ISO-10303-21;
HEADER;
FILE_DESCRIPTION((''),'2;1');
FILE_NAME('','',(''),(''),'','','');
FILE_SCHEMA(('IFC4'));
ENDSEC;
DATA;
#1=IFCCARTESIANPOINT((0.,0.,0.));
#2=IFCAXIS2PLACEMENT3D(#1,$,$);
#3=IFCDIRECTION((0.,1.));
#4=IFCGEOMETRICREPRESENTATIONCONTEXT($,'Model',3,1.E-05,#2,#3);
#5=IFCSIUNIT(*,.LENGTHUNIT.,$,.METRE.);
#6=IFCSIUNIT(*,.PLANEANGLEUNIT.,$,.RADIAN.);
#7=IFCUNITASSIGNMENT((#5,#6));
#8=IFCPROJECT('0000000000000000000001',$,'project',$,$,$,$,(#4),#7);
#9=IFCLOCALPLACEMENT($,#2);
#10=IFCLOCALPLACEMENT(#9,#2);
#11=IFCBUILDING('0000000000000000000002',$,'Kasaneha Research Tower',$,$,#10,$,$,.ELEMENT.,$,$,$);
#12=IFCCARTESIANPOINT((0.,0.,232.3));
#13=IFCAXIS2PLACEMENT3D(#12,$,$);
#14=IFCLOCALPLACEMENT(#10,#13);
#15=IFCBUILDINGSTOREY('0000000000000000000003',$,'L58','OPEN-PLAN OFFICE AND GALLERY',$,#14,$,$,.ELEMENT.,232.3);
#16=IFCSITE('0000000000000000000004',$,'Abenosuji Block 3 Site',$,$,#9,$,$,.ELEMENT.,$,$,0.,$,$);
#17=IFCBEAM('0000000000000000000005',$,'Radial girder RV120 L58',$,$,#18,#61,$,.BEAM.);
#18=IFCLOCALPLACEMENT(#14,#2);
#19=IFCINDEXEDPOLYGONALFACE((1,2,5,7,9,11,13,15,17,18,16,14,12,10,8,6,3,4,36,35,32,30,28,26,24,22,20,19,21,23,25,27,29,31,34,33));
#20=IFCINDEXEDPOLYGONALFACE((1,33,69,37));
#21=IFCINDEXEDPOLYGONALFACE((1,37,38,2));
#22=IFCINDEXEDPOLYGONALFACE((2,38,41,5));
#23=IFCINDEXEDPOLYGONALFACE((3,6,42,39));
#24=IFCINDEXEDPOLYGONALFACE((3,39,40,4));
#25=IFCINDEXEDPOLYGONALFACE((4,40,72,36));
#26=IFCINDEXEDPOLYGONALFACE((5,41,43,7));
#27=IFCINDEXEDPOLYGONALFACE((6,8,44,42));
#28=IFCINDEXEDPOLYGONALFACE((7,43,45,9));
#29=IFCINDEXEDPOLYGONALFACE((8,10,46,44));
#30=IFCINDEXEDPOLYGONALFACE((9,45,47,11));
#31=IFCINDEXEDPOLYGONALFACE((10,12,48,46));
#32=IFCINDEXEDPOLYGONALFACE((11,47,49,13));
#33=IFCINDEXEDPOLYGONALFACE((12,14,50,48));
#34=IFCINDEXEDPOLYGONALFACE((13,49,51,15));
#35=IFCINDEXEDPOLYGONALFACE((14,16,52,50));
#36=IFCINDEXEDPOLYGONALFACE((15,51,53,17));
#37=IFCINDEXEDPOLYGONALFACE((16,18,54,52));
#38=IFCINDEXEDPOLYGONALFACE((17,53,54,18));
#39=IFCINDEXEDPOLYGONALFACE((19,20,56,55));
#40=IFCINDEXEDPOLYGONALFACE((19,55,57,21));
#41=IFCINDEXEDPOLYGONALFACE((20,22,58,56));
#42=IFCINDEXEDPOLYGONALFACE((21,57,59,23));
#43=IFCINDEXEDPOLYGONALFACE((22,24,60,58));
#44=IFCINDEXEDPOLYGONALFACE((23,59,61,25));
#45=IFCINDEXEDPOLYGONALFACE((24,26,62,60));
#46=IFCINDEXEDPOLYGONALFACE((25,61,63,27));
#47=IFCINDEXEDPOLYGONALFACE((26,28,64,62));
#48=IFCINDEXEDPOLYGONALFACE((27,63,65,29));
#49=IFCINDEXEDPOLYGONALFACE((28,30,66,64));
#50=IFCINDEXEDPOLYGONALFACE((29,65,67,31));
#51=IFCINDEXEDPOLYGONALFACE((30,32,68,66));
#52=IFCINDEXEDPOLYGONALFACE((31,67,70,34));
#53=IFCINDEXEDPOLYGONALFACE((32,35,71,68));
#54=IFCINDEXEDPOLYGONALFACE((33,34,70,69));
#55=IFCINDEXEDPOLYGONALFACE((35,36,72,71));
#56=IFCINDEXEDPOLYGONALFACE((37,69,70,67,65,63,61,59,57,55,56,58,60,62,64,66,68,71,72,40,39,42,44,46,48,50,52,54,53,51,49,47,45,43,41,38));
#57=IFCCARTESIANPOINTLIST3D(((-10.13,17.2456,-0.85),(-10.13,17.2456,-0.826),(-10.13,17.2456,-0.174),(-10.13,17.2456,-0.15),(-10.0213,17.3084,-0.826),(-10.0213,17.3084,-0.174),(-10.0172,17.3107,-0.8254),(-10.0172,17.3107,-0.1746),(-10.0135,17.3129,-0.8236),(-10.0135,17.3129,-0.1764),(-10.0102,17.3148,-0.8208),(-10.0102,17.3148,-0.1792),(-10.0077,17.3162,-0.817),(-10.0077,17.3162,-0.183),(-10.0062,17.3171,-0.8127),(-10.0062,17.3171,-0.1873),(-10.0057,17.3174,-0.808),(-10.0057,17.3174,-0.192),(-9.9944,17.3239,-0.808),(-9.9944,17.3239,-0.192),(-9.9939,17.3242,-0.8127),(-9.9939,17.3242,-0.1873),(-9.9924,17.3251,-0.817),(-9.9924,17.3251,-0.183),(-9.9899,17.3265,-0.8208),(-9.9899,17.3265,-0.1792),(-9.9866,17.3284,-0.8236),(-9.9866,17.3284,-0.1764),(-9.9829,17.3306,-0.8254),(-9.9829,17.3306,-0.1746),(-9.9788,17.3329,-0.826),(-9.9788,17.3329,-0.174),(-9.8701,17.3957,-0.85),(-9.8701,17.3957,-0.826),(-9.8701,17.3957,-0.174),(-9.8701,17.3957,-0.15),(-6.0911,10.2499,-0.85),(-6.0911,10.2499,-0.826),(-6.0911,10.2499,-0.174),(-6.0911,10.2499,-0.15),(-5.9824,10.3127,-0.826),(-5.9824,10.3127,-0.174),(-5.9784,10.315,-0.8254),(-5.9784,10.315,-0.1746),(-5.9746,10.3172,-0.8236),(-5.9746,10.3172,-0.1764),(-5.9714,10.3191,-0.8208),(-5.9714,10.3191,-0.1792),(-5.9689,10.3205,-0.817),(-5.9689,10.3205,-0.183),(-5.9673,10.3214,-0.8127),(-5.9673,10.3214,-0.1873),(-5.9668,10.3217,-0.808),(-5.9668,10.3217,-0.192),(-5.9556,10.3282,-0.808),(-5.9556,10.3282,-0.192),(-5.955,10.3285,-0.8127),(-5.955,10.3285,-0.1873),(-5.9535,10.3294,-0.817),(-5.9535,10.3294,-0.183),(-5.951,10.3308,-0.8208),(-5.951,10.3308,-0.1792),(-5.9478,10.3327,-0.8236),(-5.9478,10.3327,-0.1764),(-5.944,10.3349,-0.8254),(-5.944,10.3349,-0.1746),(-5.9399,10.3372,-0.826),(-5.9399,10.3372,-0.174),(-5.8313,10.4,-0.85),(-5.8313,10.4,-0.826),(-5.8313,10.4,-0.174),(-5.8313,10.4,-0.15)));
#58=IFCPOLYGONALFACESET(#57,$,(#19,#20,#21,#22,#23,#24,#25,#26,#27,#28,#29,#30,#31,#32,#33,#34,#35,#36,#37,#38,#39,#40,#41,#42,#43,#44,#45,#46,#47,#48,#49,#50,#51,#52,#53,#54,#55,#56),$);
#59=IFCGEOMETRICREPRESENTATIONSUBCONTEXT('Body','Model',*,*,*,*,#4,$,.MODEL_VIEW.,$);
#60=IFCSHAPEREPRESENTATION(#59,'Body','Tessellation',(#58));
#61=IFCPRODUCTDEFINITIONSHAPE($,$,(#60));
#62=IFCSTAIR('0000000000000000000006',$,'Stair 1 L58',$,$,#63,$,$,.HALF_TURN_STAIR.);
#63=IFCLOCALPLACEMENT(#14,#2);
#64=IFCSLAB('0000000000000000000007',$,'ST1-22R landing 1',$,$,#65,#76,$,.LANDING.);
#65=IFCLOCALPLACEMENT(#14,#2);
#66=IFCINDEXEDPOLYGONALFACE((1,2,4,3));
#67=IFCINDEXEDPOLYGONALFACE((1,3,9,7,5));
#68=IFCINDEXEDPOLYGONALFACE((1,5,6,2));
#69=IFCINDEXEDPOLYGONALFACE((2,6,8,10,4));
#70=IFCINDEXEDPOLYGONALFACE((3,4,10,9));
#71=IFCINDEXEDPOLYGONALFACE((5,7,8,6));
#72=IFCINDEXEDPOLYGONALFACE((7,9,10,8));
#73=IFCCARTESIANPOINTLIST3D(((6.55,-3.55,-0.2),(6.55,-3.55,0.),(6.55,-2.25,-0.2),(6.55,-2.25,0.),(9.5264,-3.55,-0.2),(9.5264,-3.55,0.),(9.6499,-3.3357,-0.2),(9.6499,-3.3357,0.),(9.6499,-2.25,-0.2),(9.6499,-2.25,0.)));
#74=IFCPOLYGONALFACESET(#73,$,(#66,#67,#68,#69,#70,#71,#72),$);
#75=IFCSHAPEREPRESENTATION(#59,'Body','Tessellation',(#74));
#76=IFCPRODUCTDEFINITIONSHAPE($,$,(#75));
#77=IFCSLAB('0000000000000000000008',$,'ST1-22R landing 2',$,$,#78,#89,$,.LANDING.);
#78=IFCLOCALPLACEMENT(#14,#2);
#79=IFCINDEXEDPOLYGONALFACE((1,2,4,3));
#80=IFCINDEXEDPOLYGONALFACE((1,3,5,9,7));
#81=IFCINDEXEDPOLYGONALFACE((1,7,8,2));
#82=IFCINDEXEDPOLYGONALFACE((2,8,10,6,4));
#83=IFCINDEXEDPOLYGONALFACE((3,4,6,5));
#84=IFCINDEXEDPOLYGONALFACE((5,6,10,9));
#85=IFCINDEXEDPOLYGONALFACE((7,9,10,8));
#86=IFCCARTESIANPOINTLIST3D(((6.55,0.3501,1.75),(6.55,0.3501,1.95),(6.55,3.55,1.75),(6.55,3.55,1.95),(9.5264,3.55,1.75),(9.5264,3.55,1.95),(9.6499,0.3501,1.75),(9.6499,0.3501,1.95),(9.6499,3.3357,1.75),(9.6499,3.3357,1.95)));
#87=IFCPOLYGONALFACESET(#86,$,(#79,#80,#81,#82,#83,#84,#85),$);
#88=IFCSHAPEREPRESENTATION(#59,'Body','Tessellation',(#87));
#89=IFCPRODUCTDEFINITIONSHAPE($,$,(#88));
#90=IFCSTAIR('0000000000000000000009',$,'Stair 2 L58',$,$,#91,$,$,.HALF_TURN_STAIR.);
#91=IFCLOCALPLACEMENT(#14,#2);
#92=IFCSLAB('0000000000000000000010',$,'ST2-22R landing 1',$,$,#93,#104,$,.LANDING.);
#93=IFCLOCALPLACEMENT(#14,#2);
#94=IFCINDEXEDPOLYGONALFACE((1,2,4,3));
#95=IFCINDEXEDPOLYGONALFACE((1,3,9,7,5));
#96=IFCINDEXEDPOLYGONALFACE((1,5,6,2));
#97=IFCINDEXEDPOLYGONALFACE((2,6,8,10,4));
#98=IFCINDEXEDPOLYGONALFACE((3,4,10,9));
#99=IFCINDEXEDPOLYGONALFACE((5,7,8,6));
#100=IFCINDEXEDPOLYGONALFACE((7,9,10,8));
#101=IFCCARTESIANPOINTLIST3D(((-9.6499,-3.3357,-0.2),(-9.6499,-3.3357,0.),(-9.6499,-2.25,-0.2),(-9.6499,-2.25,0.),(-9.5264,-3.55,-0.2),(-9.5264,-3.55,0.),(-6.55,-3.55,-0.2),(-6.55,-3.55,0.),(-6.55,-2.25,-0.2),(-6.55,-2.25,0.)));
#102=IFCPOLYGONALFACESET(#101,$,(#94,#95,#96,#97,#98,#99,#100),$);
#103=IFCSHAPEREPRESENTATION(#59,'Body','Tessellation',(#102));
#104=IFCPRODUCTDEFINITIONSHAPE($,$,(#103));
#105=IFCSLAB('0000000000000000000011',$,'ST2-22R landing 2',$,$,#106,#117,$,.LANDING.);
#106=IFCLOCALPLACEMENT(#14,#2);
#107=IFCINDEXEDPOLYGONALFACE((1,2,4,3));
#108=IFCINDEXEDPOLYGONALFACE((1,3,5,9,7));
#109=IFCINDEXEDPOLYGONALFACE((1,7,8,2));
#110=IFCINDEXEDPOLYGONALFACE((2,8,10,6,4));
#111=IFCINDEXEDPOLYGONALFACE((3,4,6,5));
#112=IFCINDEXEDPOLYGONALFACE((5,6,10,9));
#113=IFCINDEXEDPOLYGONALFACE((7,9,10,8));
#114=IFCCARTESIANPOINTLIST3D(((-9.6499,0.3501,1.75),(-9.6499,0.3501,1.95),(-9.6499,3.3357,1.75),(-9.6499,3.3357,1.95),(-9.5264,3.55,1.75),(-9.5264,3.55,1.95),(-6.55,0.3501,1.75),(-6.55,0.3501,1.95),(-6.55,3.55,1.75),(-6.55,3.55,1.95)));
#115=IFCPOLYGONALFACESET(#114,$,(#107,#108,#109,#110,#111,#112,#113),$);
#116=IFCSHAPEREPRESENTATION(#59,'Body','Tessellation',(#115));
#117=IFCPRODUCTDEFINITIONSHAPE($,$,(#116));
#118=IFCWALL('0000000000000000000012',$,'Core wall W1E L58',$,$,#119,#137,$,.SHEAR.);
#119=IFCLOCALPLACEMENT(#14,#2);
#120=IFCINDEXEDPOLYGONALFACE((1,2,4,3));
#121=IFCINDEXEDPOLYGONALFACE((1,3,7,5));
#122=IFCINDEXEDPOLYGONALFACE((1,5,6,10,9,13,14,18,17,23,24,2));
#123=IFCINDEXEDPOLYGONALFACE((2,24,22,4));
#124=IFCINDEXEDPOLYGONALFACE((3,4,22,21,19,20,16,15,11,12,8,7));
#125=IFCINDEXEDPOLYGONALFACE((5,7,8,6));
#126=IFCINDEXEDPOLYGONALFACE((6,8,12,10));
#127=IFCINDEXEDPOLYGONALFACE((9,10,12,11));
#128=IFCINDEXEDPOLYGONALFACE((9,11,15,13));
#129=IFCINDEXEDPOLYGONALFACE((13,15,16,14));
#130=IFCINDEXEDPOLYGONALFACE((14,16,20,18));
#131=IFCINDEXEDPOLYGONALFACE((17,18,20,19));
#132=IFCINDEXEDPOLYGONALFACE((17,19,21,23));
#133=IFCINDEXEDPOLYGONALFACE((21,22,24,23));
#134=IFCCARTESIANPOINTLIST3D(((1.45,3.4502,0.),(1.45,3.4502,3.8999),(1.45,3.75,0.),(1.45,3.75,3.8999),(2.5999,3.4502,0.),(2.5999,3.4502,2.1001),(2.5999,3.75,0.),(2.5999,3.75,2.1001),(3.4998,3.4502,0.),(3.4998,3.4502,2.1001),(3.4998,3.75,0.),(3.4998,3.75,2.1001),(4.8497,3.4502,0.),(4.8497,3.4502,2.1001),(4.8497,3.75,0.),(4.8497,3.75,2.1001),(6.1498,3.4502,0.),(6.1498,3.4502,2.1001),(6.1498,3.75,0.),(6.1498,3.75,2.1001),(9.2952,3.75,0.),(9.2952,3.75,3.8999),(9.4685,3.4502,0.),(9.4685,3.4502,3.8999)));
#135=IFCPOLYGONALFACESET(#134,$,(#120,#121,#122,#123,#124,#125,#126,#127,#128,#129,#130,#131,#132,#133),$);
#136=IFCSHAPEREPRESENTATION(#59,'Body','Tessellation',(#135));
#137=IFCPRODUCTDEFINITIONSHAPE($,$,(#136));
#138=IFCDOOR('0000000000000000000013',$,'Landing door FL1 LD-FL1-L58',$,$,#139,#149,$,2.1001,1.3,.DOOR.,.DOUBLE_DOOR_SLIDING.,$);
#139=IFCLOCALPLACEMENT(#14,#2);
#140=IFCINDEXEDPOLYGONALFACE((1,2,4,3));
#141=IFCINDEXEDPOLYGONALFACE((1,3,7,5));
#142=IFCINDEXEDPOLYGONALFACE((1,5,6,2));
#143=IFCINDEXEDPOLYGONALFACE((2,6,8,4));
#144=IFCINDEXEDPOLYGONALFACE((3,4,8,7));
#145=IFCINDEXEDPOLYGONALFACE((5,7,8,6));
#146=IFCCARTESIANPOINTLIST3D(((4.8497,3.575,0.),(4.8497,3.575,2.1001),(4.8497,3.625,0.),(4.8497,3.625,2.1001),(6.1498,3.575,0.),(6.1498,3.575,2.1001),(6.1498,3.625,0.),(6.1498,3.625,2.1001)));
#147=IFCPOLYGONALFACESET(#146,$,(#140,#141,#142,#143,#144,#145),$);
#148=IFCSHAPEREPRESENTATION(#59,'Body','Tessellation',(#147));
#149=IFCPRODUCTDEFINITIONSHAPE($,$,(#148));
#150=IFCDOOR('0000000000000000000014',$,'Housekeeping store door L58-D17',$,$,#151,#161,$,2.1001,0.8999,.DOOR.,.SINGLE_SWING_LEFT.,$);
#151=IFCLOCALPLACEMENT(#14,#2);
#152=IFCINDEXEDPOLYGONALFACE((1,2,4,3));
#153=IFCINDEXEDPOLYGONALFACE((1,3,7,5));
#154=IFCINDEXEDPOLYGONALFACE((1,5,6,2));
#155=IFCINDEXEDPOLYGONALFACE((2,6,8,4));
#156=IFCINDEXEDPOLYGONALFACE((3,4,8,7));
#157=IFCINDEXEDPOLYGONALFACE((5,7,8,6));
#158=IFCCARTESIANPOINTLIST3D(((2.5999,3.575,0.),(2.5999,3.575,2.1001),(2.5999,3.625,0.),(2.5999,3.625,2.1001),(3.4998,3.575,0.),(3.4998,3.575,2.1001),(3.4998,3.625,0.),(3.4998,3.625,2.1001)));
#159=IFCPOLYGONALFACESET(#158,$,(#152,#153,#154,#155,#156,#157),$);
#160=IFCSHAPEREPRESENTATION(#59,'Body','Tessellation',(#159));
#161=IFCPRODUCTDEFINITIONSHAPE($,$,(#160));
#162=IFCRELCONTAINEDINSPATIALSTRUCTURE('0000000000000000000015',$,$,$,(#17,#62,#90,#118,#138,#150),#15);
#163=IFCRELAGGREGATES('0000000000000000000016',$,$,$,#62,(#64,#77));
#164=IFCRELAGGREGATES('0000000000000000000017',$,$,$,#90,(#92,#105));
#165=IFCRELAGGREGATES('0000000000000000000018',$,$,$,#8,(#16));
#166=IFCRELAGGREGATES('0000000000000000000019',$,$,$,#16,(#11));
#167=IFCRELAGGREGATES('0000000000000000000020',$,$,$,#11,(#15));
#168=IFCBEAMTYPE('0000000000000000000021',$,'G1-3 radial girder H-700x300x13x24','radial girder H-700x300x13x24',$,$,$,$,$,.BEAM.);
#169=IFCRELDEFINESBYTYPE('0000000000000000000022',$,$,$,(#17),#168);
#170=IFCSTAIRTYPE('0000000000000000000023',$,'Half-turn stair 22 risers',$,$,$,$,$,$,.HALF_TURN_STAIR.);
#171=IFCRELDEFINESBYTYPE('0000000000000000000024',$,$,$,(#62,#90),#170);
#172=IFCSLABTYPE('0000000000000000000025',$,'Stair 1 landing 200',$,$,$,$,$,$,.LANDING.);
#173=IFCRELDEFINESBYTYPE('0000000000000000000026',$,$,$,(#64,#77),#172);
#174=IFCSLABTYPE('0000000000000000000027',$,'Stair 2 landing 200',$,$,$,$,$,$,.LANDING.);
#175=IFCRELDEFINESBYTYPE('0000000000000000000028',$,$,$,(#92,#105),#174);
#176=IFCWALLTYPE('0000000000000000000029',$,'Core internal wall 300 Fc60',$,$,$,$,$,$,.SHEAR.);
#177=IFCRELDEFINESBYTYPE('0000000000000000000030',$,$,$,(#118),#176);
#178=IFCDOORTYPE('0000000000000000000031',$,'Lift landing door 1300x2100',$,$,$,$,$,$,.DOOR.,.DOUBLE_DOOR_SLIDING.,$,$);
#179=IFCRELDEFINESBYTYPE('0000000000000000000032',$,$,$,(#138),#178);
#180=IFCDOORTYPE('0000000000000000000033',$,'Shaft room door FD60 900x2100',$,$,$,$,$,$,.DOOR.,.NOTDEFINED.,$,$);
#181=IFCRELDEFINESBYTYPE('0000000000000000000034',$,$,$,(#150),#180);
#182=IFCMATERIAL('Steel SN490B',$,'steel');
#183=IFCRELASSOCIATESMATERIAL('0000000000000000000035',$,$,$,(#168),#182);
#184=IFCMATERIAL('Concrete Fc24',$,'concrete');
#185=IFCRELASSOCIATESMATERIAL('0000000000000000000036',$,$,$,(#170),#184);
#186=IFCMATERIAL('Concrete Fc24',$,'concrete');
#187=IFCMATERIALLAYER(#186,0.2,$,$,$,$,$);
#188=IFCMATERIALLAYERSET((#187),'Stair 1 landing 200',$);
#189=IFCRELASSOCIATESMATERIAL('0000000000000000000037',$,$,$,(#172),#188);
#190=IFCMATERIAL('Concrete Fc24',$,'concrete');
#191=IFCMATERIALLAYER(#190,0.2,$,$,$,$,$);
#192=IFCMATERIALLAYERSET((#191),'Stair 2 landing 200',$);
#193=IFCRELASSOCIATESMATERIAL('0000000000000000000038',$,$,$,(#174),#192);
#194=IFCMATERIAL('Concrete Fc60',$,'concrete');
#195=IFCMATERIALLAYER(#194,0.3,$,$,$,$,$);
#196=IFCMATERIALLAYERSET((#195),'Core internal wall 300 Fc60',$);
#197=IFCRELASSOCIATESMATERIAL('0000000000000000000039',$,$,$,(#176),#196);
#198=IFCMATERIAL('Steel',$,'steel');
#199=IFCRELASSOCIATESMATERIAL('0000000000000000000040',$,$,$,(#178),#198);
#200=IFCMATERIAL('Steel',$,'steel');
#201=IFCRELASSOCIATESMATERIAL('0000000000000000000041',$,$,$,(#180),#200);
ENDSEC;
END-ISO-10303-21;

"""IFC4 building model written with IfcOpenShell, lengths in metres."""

from ifc_helpers import new_model, si_unit, direction, frame, frame_2d, origin, origin_2d, place, context, subcontext, project, spatial, polyline, rectangle, i_section, outline, extrude, material, layer, layer_set, material_profile, profile_set, type_object, element, fill, aggregate, save


model = new_model("IFC4")

# Units and contexts
model_context = context("Model", 3, precision=1e-05, world=origin(), true_north=direction((0.0, 1.0)))
body_context = subcontext(model_context, "Body", "Model", "MODEL_VIEW")
ifc_project = project(units=[si_unit("LENGTHUNIT", "METRE"), si_unit("PLANEANGLEUNIT", "RADIAN")], contexts=[model_context])

# Site, building, storey
site_placement = place(None, origin())
site = spatial("IfcSite", under=ifc_project, at=site_placement, Name="Abenosuji Block 3 Site", CompositionType="ELEMENT", RefElevation=0.0)
building_placement = place(site_placement, origin())
building = spatial("IfcBuilding", under=site, at=building_placement, Name="Kasaneha Research Tower", CompositionType="ELEMENT")
storey_placement = place(building_placement, frame((0.0, 0.0, 232.3)))
storey = spatial("IfcBuildingStorey", under=building, at=storey_placement, Name="L58", Description="OPEN-PLAN OFFICE AND GALLERY", CompositionType="ELEMENT", Elevation=232.3)

# Beam
ifc_material_1 = material(Name="Steel SN490B", Category="steel")
ifc_material_profile = material_profile(ifc_material_1, i_section(OverallWidth=0.3, OverallDepth=0.7, WebThickness=0.0129, FlangeThickness=0.0239, FilletRadius=0.0181, at=origin_2d()), Name="H-700x300x13x24")
ifc_profile_set = profile_set([ifc_material_profile], Name="Steel SN490B")
beam_type = type_object("IfcBeamType", Name="G1-3 radial girder H-700x300x13x24", Description="radial girder H-700x300x13x24", PredefinedType="BEAM", material=ifc_profile_set)
beam_placement = place(storey_placement, frame((-5.9612, 10.325, -0.5), z_axis=(-0.499991, 0.866031, 0.0), x_axis=(-0.866031, -0.499991, 0.0)))
element("IfcBeam", 1, at=beam_placement, inside=storey, type_object=beam_type, Name="Radial girder RV120 L58", PredefinedType="BEAM", context=body_context, shape_type="SweptSolid", body=[
    extrude(i_section(OverallWidth=0.3, OverallDepth=0.7, WebThickness=0.0129, FlangeThickness=0.0239, FilletRadius=0.0181, at=origin_2d()), origin(), (0.0, 0.0, 1.0), 8.0779),
])

# Stairs, slabs
ifc_material_2 = material(Name="Concrete Fc24", Category="concrete")
stair_type = type_object("IfcStairType", Name="Half-turn stair 22 risers", PredefinedType="HALF_TURN_STAIR", material=ifc_material_2)
stair_1_placement = place(storey_placement, origin())
stair_1 = element("IfcStair", 2, at=stair_1_placement, inside=storey, type_object=stair_type, Name="Stair 1 L58", PredefinedType="HALF_TURN_STAIR")
ifc_material_3 = material(Name="Concrete Fc24", Category="concrete")
ifc_layer_1 = layer(ifc_material_3, 0.2)
ifc_layer_set_1 = layer_set([ifc_layer_1], Name="Stair 1 landing 200")
slab_type_1 = type_object("IfcSlabType", Name="Stair 1 landing 200", PredefinedType="LANDING", material=ifc_layer_set_1)
slab_1_placement = place(storey_placement, frame((0.0, 0.0, -0.2)))
slab_1 = element("IfcSlab", 3, at=slab_1_placement, type_object=slab_type_1, Name="ST1-22R landing 1", PredefinedType="LANDING", context=body_context, shape_type="SweptSolid", body=[
    extrude(outline(polyline([(9.5264, -3.55), (6.55, -3.55), (6.55, -2.25), (9.6499, -2.25), (9.6499, -3.3357), (9.5264, -3.55)])), origin(), (0.0, 0.0, 1.0), 0.2),
])
slab_2_placement = place(storey_placement, frame((0.0, 0.0, 1.75)))
slab_2 = element("IfcSlab", 4, at=slab_2_placement, type_object=slab_type_1, Name="ST1-22R landing 2", PredefinedType="LANDING", context=body_context, shape_type="SweptSolid", body=[
    extrude(outline(polyline([(6.55, 3.55), (9.5264, 3.55), (9.6499, 3.3357), (9.6499, 0.3501), (6.55, 0.3501), (6.55, 3.55)])), origin(), (0.0, 0.0, 1.0), 0.2),
])
aggregate(stair_1, [slab_1, slab_2])
stair_2_placement = place(storey_placement, origin())
stair_2 = element("IfcStair", 5, at=stair_2_placement, inside=storey, type_object=stair_type, Name="Stair 2 L58", PredefinedType="HALF_TURN_STAIR")
ifc_material_4 = material(Name="Concrete Fc24", Category="concrete")
ifc_layer_2 = layer(ifc_material_4, 0.2)
ifc_layer_set_2 = layer_set([ifc_layer_2], Name="Stair 2 landing 200")
slab_type_2 = type_object("IfcSlabType", Name="Stair 2 landing 200", PredefinedType="LANDING", material=ifc_layer_set_2)
slab_3_placement = place(storey_placement, frame((0.0, 0.0, -0.2)))
slab_3 = element("IfcSlab", 6, at=slab_3_placement, type_object=slab_type_2, Name="ST2-22R landing 1", PredefinedType="LANDING", context=body_context, shape_type="SweptSolid", body=[
    extrude(outline(polyline([(-6.55, -3.55), (-9.5264, -3.55), (-9.6499, -3.3357), (-9.6499, -2.25), (-6.55, -2.25), (-6.55, -3.55)])), origin(), (0.0, 0.0, 1.0), 0.2),
])
slab_4_placement = place(storey_placement, frame((0.0, 0.0, 1.75)))
slab_4 = element("IfcSlab", 7, at=slab_4_placement, type_object=slab_type_2, Name="ST2-22R landing 2", PredefinedType="LANDING", context=body_context, shape_type="SweptSolid", body=[
    extrude(outline(polyline([(-6.55, 0.3501), (-9.6499, 0.3501), (-9.6499, 3.3357), (-9.5264, 3.55), (-6.55, 3.55), (-6.55, 0.3501)])), origin(), (0.0, 0.0, 1.0), 0.2),
])
aggregate(stair_2, [slab_3, slab_4])

# Wall, openings, doors
ifc_material_5 = material(Name="Concrete Fc60", Category="concrete")
ifc_layer_3 = layer(ifc_material_5, 0.3)
ifc_layer_set_3 = layer_set([ifc_layer_3], Name="Core internal wall 300 Fc60")
wall_type_1 = type_object("IfcWallType", Name="Core internal wall 300 Fc60", PredefinedType="SHEAR", material=ifc_layer_set_3)
wall_1_placement = place(storey_placement, frame((1.45, 3.6001, 0.0), z_axis=(0.0, 0.0, 1.0), x_axis=(1.0, 0.0, 0.0)))
wall_1 = element("IfcWall", 8, at=wall_1_placement, inside=storey, type_object=wall_type_1, Name="Core wall W1E L58", PredefinedType="SHEAR", context=body_context, shape_type="SweptSolid", body=[
    extrude(outline(polyline([(0.0, -0.1499), (1.1499, -0.1499), (2.0498, -0.1499), (3.3999, -0.1499), (4.7, -0.1499), (8.0186, -0.1499), (7.8452, 0.1499), (4.7, 0.1499), (3.3999, 0.1499), (2.0498, 0.1499), (1.1499, 0.1499), (0.0, 0.1499), (0.0, -0.1499)])), origin(), (0.0, 0.0, 1.0), 3.8999),
])
opening_1_placement = place(wall_1_placement, frame((1.1499, 0.0, 0.0)))
opening_1 = element("IfcOpeningElement", 9, at=opening_1_placement, cuts=wall_1, PredefinedType="OPENING", context=body_context, shape_type="SweptSolid", body=[
    extrude(rectangle(XDim=0.8999, YDim=2.1001, at=frame_2d((0.45, 1.05))), frame((0.0, 0.1602, 0.0), z_axis=(0.0, -1.0, 0.0), x_axis=(1.0, 0.0, 0.0)), (0.0, 0.0, 1.0), 0.3201),
])
opening_2_placement = place(wall_1_placement, frame((3.3999, 0.0, 0.0)))
opening_2 = element("IfcOpeningElement", 10, at=opening_2_placement, cuts=wall_1, PredefinedType="OPENING", context=body_context, shape_type="SweptSolid", body=[
    extrude(rectangle(XDim=1.3, YDim=2.1001, at=frame_2d((0.6499, 1.05))), frame((0.0, 0.1602, 0.0), z_axis=(0.0, -1.0, 0.0), x_axis=(1.0, 0.0, 0.0)), (0.0, 0.0, 1.0), 0.3201),
])
ifc_material_6 = material(Name="Steel", Category="steel")
door_type_1 = type_object("IfcDoorType", Name="Lift landing door 1300x2100", OperationType="DOUBLE_DOOR_SLIDING", PredefinedType="DOOR", material=ifc_material_6)
door_1_placement = place(opening_2_placement, origin())
door_1 = element("IfcDoor", 11, at=door_1_placement, inside=storey, type_object=door_type_1, Name="Landing door FL1 LD-FL1-L58", OperationType="DOUBLE_DOOR_SLIDING", OverallHeight=2.1001, OverallWidth=1.3, PredefinedType="DOOR", context=body_context, shape_type="SweptSolid", body=[
    extrude(rectangle(XDim=1.3, YDim=2.1001, at=frame_2d((0.6499, 1.05))), frame((0.0, 0.0249, 0.0), z_axis=(0.0, -1.0, 0.0), x_axis=(1.0, 0.0, 0.0)), (0.0, 0.0, 1.0), 0.05),
])
fill(opening_2, door_1)
ifc_material_7 = material(Name="Steel", Category="steel")
door_type_2 = type_object("IfcDoorType", Name="Shaft room door FD60 900x2100", OperationType="NOTDEFINED", PredefinedType="DOOR", material=ifc_material_7)
door_2_placement = place(opening_1_placement, origin())
door_2 = element("IfcDoor", 12, at=door_2_placement, inside=storey, type_object=door_type_2, Name="Housekeeping store door L58-D17", OperationType="SINGLE_SWING_LEFT", OverallHeight=2.1001, OverallWidth=0.8999, PredefinedType="DOOR", context=body_context, shape_type="SweptSolid", body=[
    extrude(rectangle(XDim=0.8999, YDim=2.1001, at=frame_2d((0.45, 1.05))), frame((0.0, 0.0249, 0.0), z_axis=(0.0, -1.0, 0.0), x_axis=(1.0, 0.0, 0.0)), (0.0, 0.0, 1.0), 0.05),
])
fill(opening_1, door_2)

save(model, "model.ifc")
